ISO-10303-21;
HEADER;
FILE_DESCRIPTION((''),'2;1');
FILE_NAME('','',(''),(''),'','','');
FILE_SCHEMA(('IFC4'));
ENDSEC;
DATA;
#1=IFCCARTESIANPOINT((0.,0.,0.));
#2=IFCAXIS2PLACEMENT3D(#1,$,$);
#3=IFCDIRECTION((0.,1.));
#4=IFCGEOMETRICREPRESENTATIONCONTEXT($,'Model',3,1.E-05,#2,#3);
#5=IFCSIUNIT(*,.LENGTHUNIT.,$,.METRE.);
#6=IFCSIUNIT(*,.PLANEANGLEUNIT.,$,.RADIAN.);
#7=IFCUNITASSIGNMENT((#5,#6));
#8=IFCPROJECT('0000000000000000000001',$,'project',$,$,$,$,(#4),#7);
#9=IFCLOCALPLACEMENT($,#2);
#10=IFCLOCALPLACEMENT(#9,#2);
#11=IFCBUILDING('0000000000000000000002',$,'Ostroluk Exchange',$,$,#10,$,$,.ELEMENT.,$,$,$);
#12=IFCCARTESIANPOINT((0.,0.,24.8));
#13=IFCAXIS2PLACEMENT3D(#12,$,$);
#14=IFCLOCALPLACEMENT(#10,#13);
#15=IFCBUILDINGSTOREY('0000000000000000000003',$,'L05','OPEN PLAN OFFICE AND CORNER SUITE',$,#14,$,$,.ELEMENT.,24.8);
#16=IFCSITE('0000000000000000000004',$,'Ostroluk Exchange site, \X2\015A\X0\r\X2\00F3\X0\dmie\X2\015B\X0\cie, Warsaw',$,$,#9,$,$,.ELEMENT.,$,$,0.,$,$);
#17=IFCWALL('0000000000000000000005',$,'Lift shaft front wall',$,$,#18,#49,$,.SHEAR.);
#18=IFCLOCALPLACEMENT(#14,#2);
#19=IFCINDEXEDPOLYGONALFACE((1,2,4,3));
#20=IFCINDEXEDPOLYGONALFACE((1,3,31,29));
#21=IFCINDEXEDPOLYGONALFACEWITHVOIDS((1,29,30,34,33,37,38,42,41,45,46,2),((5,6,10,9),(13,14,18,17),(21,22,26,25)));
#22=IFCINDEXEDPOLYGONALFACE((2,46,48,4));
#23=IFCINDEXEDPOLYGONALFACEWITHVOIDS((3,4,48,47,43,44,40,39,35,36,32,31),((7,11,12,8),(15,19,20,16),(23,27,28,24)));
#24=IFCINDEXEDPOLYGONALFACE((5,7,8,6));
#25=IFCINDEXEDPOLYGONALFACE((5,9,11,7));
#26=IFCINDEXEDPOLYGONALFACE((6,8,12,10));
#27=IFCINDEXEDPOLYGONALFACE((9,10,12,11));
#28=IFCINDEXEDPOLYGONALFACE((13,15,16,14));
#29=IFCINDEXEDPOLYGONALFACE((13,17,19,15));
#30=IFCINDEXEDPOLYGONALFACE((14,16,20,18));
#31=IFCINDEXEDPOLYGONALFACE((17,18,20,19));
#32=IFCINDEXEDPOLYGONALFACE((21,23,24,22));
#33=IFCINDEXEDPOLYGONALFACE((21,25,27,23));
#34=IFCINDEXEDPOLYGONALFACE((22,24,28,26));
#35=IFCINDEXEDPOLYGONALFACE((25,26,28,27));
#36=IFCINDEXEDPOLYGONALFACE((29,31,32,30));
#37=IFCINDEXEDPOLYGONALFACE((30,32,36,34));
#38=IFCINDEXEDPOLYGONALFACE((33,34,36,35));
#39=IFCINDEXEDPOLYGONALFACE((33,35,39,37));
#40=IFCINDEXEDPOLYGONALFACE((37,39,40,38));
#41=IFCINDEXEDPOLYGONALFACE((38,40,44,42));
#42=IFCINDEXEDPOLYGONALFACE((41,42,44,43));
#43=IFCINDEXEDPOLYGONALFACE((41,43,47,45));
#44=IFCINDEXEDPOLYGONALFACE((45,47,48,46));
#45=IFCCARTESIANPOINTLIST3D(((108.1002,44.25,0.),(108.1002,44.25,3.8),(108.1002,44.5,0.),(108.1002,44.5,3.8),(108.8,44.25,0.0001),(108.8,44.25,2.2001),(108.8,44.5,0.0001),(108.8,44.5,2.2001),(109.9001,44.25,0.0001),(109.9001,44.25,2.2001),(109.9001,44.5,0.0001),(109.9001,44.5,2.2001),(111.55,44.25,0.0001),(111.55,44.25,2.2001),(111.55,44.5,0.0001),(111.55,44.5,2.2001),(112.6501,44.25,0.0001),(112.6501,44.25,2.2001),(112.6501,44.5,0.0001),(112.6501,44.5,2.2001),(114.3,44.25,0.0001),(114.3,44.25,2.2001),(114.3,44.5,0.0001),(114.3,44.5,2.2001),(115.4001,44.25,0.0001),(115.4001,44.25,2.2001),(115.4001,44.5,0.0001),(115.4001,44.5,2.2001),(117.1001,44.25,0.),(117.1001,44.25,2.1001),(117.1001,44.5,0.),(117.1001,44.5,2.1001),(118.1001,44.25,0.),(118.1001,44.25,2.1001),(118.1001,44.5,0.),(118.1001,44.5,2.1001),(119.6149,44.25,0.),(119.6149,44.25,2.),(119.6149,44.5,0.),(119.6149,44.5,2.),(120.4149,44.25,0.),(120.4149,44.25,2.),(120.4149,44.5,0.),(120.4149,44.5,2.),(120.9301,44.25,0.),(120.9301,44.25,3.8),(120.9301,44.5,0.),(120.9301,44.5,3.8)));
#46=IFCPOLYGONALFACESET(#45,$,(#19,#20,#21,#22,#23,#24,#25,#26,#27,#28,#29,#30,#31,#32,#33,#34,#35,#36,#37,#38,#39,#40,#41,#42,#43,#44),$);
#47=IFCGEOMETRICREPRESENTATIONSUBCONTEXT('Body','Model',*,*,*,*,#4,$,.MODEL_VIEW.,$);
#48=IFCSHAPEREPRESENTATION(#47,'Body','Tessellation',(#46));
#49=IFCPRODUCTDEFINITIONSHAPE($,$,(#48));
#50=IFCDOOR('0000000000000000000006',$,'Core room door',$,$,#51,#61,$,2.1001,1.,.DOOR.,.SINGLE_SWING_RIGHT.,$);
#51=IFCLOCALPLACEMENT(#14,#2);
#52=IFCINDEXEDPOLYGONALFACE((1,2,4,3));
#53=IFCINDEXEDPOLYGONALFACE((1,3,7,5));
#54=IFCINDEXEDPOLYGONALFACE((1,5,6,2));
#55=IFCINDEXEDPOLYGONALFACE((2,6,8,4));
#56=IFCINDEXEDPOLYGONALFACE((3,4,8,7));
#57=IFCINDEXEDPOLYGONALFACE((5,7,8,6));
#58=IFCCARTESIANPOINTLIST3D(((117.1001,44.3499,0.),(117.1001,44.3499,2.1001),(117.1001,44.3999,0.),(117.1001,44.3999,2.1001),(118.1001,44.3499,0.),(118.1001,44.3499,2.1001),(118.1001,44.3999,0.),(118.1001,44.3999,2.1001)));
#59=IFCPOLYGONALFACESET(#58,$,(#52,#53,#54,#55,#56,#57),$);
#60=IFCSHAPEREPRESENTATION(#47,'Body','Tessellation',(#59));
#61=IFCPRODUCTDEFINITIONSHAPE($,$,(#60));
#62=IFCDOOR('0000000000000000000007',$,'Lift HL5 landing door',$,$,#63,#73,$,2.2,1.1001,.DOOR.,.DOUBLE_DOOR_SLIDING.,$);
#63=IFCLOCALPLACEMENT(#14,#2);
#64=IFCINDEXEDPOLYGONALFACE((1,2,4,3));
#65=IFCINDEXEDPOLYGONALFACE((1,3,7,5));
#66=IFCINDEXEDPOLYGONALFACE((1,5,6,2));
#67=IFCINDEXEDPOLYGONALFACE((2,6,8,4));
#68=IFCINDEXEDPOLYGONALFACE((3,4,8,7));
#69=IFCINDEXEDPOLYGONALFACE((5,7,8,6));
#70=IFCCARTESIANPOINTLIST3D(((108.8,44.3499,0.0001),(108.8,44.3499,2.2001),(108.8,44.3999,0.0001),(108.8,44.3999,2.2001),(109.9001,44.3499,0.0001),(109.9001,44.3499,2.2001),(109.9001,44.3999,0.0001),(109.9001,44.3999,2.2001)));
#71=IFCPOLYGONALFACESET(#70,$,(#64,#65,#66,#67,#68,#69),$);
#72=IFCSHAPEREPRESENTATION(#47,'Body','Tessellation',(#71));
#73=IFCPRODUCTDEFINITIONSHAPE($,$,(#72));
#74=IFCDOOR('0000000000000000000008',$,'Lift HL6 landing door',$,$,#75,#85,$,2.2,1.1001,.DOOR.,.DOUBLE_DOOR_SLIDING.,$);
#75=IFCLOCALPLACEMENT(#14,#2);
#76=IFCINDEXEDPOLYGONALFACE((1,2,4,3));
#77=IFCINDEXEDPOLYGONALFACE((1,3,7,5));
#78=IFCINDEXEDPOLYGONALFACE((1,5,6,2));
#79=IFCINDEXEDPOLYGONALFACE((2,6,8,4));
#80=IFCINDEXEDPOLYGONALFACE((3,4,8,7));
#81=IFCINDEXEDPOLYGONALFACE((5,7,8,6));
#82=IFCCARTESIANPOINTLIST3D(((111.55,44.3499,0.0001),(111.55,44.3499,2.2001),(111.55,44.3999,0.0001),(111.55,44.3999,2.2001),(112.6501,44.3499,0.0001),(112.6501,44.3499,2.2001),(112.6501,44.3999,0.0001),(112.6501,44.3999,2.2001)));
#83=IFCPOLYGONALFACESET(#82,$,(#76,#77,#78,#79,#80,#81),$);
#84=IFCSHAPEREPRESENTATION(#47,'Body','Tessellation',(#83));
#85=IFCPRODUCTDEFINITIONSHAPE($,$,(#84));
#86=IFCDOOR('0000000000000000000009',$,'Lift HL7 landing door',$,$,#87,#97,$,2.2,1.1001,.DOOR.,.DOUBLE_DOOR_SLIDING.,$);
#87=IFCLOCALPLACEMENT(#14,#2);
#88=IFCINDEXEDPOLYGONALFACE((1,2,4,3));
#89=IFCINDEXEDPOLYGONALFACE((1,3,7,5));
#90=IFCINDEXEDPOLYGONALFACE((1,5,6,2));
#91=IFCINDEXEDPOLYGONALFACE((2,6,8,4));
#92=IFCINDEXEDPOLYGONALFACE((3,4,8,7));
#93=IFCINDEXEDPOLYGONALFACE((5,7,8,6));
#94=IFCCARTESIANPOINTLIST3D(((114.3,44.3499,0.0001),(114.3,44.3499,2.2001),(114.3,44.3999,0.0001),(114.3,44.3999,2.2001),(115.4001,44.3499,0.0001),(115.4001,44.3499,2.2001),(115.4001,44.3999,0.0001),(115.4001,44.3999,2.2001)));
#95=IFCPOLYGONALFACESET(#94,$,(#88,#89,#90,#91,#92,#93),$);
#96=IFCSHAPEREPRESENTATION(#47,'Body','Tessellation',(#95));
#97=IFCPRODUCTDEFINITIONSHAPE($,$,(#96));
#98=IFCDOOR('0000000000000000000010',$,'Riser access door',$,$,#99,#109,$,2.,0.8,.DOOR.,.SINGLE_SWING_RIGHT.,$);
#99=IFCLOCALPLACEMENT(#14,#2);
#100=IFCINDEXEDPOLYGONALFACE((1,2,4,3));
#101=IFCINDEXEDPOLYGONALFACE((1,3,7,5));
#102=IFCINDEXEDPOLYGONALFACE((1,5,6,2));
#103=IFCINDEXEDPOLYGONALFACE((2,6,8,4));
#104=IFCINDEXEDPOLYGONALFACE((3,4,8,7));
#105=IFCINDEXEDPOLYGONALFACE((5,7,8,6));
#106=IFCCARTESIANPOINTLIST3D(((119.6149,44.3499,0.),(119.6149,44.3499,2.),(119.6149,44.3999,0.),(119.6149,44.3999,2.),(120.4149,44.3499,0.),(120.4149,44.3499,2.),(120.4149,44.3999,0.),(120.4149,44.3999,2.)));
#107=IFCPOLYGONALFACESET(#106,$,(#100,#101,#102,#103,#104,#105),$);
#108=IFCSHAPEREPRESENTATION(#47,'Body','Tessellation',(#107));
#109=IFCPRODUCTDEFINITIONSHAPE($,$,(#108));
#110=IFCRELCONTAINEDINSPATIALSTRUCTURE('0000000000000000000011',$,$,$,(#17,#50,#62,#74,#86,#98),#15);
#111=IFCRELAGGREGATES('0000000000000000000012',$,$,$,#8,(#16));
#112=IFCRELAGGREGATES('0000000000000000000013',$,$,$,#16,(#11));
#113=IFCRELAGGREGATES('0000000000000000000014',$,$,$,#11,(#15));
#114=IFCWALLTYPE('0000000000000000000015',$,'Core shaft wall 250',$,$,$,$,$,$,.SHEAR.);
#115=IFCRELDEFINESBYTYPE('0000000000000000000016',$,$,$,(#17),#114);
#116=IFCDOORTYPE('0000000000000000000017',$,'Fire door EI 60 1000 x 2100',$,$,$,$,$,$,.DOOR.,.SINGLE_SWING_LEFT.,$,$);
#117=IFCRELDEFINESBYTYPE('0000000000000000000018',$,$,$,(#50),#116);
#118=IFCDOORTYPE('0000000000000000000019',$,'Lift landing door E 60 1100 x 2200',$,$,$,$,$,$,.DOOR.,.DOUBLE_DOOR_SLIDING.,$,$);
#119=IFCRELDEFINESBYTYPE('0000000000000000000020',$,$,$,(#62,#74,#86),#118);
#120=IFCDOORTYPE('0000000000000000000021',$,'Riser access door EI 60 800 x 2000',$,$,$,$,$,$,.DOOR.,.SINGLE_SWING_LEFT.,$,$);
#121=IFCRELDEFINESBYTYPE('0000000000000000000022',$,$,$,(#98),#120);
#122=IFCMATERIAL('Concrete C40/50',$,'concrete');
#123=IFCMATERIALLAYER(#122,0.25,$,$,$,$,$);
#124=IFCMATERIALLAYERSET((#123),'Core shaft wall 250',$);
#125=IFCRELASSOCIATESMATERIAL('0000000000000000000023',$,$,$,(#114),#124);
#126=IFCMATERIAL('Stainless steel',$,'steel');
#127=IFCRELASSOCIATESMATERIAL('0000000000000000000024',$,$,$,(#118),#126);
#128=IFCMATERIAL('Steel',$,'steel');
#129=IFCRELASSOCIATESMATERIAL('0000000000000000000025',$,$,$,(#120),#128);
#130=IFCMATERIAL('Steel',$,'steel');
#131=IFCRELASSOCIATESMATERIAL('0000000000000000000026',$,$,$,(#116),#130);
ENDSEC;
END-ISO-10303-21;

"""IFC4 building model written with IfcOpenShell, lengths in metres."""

from ifc_helpers import new_model, si_unit, direction, frame, frame_2d, origin, place, context, subcontext, project, spatial, rectangle, extrude, material, layer, layer_set, type_object, element, fill, save


model = new_model("IFC4")

# Units and contexts
model_context = context("Model", 3, precision=1e-05, world=origin(), true_north=direction((0.0, 1.0)))
body_context = subcontext(model_context, "Body", "Model", "MODEL_VIEW")
ifc_project = project(units=[si_unit("LENGTHUNIT", "METRE"), si_unit("PLANEANGLEUNIT", "RADIAN")], contexts=[model_context])

# Site, building, storey
site_placement = place(None, origin())
site = spatial("IfcSite", under=ifc_project, at=site_placement, Name="Ostroluk Exchange site, Śródmieście, Warsaw", CompositionType="ELEMENT", RefElevation=0.0)
building_placement = place(site_placement, origin())
building = spatial("IfcBuilding", under=site, at=building_placement, Name="Ostroluk Exchange", CompositionType="ELEMENT")
storey_placement = place(building_placement, frame((0.0, 0.0, 24.8)))
storey = spatial("IfcBuildingStorey", under=building, at=storey_placement, Name="L05", Description="OPEN PLAN OFFICE AND CORNER SUITE", CompositionType="ELEMENT", Elevation=24.8)

# Shared definitions
ifc_material_1 = material(Name="Concrete C40/50", Category="concrete")
ifc_layer_1 = layer(ifc_material_1, 0.25)
ifc_layer_set_1 = layer_set([ifc_layer_1], Name="Core shaft wall 250")
wall_type_1 = type_object("IfcWallType", Name="Core shaft wall 250", PredefinedType="SHEAR", material=ifc_layer_set_1)

# Wall, openings, doors
ifc_material_2 = material(Name="Stainless steel", Category="steel")
door_type_1 = type_object("IfcDoorType", Name="Lift landing door E 60 1100 x 2200", OperationType="DOUBLE_DOOR_SLIDING", PredefinedType="DOOR", material=ifc_material_2)
ifc_material_3 = material(Name="Steel", Category="steel")
door_type_2 = type_object("IfcDoorType", Name="Riser access door EI 60 800 x 2000", OperationType="SINGLE_SWING_LEFT", PredefinedType="DOOR", material=ifc_material_3)
wall_1_placement = place(storey_placement, frame((108.1001, 44.375, 0.0), z_axis=(0.0, 0.0, 1.0), x_axis=(1.0, 0.0, 0.0)))
wall_1 = element("IfcWall", 1, at=wall_1_placement, inside=storey, type_object=wall_type_1, Name="Lift shaft front wall", PredefinedType="SHEAR", context=body_context, shape_type="SweptSolid", body=[
    extrude(rectangle(XDim=12.8298, YDim=0.25, at=frame_2d((6.415, 0.0))), origin(), (0.0, 0.0, 1.0), 3.8),
])
opening_1_placement = place(wall_1_placement, frame((0.7, 0.0, 0.0)))
opening_1 = element("IfcOpeningElement", 2, at=opening_1_placement, cuts=wall_1, PredefinedType="OPENING", context=body_context, shape_type="SweptSolid", body=[
    extrude(rectangle(XDim=1.1001, YDim=2.2, at=frame_2d((0.55, 1.1001))), frame((0.0, 0.135, 0.0), z_axis=(0.0, -1.0, 0.0), x_axis=(1.0, 0.0, 0.0)), (0.0, 0.0, 1.0), 0.27),
])
opening_2_placement = place(wall_1_placement, frame((3.45, 0.0, 0.0)))
opening_2 = element("IfcOpeningElement", 3, at=opening_2_placement, cuts=wall_1, PredefinedType="OPENING", context=body_context, shape_type="SweptSolid", body=[
    extrude(rectangle(XDim=1.1001, YDim=2.2, at=frame_2d((0.55, 1.1001))), frame((0.0, 0.135, 0.0), z_axis=(0.0, -1.0, 0.0), x_axis=(1.0, 0.0, 0.0)), (0.0, 0.0, 1.0), 0.27),
])
opening_3_placement = place(wall_1_placement, frame((6.2, 0.0, 0.0)))
opening_3 = element("IfcOpeningElement", 4, at=opening_3_placement, cuts=wall_1, PredefinedType="OPENING", context=body_context, shape_type="SweptSolid", body=[
    extrude(rectangle(XDim=1.1001, YDim=2.2, at=frame_2d((0.55, 1.1001))), frame((0.0, 0.135, 0.0), z_axis=(0.0, -1.0, 0.0), x_axis=(1.0, 0.0, 0.0)), (0.0, 0.0, 1.0), 0.27),
])
opening_4_placement = place(wall_1_placement, frame((9.0, 0.0, 0.0)))
opening_4 = element("IfcOpeningElement", 5, at=opening_4_placement, cuts=wall_1, PredefinedType="OPENING", context=body_context, shape_type="SweptSolid", body=[
    extrude(rectangle(XDim=1.0, YDim=2.1001, at=frame_2d((0.5, 1.05))), frame((0.0, 0.135, 0.0), z_axis=(0.0, -1.0, 0.0), x_axis=(1.0, 0.0, 0.0)), (0.0, 0.0, 1.0), 0.27),
])
opening_5_placement = place(wall_1_placement, frame((11.5149, 0.0, 0.0)))
opening_5 = element("IfcOpeningElement", 6, at=opening_5_placement, cuts=wall_1, PredefinedType="OPENING", context=body_context, shape_type="SweptSolid", body=[
    extrude(rectangle(XDim=0.8, YDim=2.0, at=frame_2d((0.3999, 1.0))), frame((0.0, 0.135, 0.0), z_axis=(0.0, -1.0, 0.0), x_axis=(1.0, 0.0, 0.0)), (0.0, 0.0, 1.0), 0.27),
])
ifc_material_4 = material(Name="Steel", Category="steel")
door_type_3 = type_object("IfcDoorType", Name="Fire door EI 60 1000 x 2100", OperationType="SINGLE_SWING_LEFT", PredefinedType="DOOR", material=ifc_material_4)
door_1_placement = place(opening_4_placement, origin())
door_1 = element("IfcDoor", 7, at=door_1_placement, inside=storey, type_object=door_type_3, Name="Core room door", OperationType="SINGLE_SWING_RIGHT", OverallHeight=2.1001, OverallWidth=1.0, PredefinedType="DOOR", context=body_context, shape_type="SweptSolid", body=[
    extrude(rectangle(XDim=1.0, YDim=2.1001, at=frame_2d((0.5, 1.05))), frame((0.0, 0.0249, 0.0), z_axis=(0.0, -1.0, 0.0), x_axis=(1.0, 0.0, 0.0)), (0.0, 0.0, 1.0), 0.05),
])
fill(opening_4, door_1)
door_2_placement = place(opening_1_placement, origin())
door_2 = element("IfcDoor", 8, at=door_2_placement, inside=storey, type_object=door_type_1, Name="Lift HL5 landing door", OperationType="DOUBLE_DOOR_SLIDING", OverallHeight=2.2, OverallWidth=1.1001, PredefinedType="DOOR", context=body_context, shape_type="SweptSolid", body=[
    extrude(rectangle(XDim=1.1001, YDim=2.2, at=frame_2d((0.55, 1.1001))), frame((0.0, 0.0249, 0.0), z_axis=(0.0, -1.0, 0.0), x_axis=(1.0, 0.0, 0.0)), (0.0, 0.0, 1.0), 0.05),
])
fill(opening_1, door_2)
door_3_placement = place(opening_2_placement, origin())
door_3 = element("IfcDoor", 9, at=door_3_placement, inside=storey, type_object=door_type_1, Name="Lift HL6 landing door", OperationType="DOUBLE_DOOR_SLIDING", OverallHeight=2.2, OverallWidth=1.1001, PredefinedType="DOOR", context=body_context, shape_type="SweptSolid", body=[
    extrude(rectangle(XDim=1.1001, YDim=2.2, at=frame_2d((0.55, 1.1001))), frame((0.0, 0.0249, 0.0), z_axis=(0.0, -1.0, 0.0), x_axis=(1.0, 0.0, 0.0)), (0.0, 0.0, 1.0), 0.05),
])
fill(opening_2, door_3)
door_4_placement = place(opening_3_placement, origin())
door_4 = element("IfcDoor", 10, at=door_4_placement, inside=storey, type_object=door_type_1, Name="Lift HL7 landing door", OperationType="DOUBLE_DOOR_SLIDING", OverallHeight=2.2, OverallWidth=1.1001, PredefinedType="DOOR", context=body_context, shape_type="SweptSolid", body=[
    extrude(rectangle(XDim=1.1001, YDim=2.2, at=frame_2d((0.55, 1.1001))), frame((0.0, 0.0249, 0.0), z_axis=(0.0, -1.0, 0.0), x_axis=(1.0, 0.0, 0.0)), (0.0, 0.0, 1.0), 0.05),
])
fill(opening_3, door_4)
door_5_placement = place(opening_5_placement, origin())
door_5 = element("IfcDoor", 11, at=door_5_placement, inside=storey, type_object=door_type_2, Name="Riser access door", OperationType="SINGLE_SWING_RIGHT", OverallHeight=2.0, OverallWidth=0.8, PredefinedType="DOOR", context=body_context, shape_type="SweptSolid", body=[
    extrude(rectangle(XDim=0.8, YDim=2.0, at=frame_2d((0.3999, 1.0))), frame((0.0, 0.0249, 0.0), z_axis=(0.0, -1.0, 0.0), x_axis=(1.0, 0.0, 0.0)), (0.0, 0.0, 1.0), 0.05),
])
fill(opening_5, door_5)

save(model, "model.ifc")
